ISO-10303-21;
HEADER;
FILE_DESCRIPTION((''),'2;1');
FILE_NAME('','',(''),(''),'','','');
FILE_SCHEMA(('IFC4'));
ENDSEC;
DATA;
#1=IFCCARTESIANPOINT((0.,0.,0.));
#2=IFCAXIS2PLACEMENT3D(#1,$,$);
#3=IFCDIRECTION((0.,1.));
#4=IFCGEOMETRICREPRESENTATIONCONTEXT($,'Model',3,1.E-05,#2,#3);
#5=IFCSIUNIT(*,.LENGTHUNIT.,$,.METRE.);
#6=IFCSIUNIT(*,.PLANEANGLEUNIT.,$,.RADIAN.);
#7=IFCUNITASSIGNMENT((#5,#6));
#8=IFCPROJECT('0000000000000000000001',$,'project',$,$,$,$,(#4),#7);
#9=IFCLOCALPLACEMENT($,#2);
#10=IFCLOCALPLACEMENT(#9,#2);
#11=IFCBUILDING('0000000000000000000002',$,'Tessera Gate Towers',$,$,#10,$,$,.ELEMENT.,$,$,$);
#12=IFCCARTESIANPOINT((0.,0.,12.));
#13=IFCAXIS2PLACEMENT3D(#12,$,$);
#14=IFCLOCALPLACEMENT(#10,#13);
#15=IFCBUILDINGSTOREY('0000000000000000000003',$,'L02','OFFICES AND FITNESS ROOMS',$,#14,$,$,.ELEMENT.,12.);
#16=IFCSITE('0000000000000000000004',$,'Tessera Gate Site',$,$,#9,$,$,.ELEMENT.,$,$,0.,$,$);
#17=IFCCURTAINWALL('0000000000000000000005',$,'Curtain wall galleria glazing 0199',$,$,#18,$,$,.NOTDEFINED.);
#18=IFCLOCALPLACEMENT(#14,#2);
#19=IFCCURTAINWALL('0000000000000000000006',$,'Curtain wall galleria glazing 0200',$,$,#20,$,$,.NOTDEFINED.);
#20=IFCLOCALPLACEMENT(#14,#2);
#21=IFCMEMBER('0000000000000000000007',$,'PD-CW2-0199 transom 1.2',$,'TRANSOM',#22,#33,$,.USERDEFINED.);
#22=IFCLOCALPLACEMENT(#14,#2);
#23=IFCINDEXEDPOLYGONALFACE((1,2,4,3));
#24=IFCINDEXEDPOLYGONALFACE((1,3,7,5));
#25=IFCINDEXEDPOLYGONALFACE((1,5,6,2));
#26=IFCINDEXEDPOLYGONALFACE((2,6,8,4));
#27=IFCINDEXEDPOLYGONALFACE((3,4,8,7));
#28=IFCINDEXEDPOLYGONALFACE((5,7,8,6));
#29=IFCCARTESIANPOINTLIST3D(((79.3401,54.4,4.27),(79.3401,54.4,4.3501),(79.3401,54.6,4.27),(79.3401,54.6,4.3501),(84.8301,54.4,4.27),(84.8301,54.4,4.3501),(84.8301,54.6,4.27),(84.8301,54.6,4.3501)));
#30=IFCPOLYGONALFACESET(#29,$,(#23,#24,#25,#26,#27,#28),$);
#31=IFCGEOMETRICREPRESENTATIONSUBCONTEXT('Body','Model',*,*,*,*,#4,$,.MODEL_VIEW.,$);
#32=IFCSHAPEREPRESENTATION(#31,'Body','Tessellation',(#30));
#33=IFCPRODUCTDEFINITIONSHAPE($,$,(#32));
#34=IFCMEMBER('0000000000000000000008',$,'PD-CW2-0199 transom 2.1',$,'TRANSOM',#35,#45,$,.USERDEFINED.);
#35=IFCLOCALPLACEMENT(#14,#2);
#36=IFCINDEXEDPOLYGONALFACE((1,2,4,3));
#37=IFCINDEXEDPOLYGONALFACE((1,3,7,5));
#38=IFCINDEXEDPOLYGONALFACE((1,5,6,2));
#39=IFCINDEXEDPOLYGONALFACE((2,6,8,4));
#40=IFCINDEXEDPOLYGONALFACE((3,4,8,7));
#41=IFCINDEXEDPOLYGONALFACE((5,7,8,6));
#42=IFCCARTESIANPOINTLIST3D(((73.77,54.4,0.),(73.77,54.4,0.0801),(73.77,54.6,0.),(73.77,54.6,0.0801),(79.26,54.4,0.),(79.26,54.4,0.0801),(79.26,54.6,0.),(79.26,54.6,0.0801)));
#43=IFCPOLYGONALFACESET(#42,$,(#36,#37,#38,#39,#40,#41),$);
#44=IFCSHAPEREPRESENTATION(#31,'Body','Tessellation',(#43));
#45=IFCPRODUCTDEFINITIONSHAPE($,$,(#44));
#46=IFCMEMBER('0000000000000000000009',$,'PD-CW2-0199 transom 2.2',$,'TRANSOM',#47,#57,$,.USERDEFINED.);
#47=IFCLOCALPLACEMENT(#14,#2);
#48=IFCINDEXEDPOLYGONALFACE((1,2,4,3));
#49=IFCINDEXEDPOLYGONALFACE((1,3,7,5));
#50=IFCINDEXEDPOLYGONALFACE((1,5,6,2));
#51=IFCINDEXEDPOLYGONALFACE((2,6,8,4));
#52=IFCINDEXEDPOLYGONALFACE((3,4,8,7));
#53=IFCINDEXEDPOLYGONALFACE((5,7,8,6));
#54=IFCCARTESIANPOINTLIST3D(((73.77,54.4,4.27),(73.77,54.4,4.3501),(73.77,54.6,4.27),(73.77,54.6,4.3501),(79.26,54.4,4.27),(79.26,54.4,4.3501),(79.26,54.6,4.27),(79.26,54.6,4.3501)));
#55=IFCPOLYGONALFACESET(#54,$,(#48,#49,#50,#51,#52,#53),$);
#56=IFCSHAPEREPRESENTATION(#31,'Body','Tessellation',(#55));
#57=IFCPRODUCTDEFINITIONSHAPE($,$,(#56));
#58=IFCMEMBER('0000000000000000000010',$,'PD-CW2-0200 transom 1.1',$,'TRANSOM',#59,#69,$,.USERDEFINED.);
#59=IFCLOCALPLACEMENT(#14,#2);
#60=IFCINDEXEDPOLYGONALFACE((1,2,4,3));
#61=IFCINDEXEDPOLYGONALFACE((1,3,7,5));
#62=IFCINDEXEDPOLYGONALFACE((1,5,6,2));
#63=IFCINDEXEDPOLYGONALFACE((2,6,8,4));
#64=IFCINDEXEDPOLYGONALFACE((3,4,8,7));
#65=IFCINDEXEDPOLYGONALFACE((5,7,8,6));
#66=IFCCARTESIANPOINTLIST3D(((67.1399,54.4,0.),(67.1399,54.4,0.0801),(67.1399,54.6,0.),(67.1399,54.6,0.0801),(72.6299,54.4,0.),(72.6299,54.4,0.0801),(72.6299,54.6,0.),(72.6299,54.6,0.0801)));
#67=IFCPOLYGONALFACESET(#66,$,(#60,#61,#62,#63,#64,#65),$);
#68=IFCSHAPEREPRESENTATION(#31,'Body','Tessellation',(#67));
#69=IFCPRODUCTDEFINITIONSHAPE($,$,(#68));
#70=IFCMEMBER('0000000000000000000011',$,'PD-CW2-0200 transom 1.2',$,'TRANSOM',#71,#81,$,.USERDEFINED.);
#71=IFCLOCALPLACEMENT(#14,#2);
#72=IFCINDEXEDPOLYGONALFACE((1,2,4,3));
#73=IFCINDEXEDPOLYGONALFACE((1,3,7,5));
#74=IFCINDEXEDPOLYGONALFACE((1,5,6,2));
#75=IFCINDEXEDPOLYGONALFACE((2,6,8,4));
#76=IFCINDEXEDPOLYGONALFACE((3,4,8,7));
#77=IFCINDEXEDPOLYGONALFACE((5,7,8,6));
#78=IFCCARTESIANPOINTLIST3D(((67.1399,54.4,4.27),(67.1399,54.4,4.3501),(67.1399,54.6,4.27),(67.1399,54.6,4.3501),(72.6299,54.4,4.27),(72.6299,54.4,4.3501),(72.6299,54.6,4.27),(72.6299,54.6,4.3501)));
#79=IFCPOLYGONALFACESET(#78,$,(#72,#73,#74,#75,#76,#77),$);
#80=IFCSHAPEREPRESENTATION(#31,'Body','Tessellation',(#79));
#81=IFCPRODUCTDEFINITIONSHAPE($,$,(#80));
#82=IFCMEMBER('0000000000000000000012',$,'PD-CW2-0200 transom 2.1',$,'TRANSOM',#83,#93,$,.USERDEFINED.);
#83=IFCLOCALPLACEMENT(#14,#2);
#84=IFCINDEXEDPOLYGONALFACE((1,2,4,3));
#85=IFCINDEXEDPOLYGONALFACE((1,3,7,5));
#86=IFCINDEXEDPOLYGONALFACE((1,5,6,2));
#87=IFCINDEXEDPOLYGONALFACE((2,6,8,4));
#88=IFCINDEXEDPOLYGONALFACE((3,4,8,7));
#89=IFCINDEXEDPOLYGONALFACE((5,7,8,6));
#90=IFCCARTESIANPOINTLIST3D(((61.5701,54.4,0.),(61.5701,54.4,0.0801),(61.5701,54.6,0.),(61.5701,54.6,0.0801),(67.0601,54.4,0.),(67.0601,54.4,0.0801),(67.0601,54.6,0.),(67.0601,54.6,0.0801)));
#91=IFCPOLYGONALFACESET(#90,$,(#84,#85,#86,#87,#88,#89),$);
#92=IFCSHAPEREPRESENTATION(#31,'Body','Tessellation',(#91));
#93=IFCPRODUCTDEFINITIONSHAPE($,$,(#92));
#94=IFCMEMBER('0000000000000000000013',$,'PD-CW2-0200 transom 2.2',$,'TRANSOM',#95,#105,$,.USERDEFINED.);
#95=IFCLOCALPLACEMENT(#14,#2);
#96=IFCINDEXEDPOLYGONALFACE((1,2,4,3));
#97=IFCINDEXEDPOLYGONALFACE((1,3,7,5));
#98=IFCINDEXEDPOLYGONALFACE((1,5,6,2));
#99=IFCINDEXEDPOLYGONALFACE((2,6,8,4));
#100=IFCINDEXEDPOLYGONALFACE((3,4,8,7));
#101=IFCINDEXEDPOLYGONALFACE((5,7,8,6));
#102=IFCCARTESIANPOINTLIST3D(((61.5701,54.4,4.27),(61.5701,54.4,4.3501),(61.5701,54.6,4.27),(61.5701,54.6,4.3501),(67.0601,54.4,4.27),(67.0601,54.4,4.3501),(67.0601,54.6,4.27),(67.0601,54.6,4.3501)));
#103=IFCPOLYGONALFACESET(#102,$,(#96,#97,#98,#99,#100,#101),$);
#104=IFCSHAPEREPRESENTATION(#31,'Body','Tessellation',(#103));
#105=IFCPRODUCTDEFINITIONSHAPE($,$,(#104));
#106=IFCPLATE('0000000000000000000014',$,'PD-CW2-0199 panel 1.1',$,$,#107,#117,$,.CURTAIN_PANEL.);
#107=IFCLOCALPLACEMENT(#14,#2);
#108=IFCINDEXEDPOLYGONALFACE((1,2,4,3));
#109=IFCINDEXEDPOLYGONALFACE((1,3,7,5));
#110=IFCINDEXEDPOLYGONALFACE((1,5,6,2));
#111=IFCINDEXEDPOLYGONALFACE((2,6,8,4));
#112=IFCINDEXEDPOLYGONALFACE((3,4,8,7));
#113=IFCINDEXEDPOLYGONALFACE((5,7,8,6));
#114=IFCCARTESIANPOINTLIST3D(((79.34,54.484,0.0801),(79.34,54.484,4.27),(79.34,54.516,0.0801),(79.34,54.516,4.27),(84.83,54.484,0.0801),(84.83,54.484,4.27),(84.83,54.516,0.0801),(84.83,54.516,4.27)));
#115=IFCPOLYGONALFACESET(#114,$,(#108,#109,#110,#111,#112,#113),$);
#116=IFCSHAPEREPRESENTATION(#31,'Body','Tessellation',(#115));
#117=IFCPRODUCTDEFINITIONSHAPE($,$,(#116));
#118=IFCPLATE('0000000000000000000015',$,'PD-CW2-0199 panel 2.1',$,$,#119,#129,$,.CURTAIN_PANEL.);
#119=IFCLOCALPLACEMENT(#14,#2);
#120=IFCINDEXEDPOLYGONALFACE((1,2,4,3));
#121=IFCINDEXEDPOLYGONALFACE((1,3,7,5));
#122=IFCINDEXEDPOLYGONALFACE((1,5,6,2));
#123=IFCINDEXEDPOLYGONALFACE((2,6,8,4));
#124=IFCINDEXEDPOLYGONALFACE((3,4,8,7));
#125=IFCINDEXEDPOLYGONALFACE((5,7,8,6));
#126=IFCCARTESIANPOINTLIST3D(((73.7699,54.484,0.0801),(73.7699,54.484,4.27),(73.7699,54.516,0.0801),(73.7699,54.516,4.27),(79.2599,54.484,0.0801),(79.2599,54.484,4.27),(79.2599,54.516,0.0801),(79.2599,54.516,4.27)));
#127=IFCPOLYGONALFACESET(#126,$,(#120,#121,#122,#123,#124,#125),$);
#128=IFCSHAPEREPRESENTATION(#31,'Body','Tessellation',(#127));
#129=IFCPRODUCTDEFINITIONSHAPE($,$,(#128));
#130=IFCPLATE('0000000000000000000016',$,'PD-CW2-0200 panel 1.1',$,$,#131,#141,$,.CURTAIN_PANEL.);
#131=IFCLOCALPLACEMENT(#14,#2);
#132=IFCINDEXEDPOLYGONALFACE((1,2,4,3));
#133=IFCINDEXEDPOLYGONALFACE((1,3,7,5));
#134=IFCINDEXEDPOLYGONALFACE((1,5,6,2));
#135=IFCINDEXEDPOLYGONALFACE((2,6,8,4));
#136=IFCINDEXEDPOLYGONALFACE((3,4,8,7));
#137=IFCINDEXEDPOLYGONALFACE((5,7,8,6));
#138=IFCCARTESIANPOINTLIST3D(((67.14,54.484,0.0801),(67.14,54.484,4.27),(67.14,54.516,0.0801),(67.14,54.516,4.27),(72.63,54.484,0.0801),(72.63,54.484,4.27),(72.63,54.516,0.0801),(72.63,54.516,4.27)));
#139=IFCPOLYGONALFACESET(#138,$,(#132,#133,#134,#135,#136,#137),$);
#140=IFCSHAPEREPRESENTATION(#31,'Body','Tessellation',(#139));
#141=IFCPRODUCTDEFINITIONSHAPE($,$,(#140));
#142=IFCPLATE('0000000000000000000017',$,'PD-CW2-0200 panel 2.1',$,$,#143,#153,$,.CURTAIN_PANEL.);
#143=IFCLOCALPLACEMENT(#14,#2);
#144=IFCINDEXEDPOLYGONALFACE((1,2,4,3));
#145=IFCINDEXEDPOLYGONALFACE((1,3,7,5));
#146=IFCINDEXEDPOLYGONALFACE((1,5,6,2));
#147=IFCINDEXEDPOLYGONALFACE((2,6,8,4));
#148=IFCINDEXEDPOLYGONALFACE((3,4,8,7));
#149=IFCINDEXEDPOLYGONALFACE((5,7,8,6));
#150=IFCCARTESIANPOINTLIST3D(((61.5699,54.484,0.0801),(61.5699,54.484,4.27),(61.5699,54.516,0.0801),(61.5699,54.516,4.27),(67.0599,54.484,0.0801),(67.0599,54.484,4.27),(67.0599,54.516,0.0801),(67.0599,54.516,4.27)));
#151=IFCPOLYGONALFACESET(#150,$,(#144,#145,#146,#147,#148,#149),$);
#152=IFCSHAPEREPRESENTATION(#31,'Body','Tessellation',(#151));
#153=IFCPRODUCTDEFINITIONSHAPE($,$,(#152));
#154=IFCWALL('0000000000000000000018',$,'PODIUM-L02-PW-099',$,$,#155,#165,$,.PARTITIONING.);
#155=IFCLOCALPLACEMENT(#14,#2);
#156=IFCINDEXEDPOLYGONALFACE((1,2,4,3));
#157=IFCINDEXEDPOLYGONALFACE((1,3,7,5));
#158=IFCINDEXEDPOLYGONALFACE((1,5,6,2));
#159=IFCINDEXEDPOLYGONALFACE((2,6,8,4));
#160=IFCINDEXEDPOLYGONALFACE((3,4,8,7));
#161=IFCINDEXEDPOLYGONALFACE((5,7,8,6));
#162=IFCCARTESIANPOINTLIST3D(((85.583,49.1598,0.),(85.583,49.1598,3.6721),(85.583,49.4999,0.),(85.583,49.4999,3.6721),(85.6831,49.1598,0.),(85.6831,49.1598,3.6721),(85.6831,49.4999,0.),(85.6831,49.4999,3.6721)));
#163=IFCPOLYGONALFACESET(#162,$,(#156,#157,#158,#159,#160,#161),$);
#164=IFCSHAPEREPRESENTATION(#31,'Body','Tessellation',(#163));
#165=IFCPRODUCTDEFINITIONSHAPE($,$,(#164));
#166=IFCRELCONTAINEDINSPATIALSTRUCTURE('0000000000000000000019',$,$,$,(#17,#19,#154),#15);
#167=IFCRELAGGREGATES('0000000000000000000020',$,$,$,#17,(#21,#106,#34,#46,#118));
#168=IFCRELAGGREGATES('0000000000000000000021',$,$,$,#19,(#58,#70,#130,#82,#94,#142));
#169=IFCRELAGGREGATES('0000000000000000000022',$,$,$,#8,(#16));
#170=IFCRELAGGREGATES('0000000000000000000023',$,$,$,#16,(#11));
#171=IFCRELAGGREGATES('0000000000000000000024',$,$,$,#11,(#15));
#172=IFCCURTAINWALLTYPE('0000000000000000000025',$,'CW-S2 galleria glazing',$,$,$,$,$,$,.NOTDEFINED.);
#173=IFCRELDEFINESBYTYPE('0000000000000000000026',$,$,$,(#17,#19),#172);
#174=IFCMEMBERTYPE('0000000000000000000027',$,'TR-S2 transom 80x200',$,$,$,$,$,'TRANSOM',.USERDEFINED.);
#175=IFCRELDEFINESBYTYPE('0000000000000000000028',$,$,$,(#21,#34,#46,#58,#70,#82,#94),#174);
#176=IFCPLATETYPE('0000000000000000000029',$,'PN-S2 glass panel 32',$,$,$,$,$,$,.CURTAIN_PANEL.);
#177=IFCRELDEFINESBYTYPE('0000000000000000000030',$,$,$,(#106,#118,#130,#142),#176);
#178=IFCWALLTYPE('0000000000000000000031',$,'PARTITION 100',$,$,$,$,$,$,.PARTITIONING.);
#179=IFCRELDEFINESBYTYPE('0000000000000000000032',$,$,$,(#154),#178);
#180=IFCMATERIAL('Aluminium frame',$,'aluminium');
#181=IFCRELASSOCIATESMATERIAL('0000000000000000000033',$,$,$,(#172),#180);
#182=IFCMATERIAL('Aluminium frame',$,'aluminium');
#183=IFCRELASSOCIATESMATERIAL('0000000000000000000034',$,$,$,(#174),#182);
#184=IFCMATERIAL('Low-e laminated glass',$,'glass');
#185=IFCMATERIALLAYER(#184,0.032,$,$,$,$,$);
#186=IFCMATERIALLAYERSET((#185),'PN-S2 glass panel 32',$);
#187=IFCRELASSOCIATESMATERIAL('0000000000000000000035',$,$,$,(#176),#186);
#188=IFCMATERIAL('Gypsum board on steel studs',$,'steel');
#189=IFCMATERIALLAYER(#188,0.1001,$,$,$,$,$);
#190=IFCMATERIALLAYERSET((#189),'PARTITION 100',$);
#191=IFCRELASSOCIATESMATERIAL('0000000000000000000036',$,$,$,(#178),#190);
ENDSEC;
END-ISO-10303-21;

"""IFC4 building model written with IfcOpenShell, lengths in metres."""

from ifc_helpers import new_model, si_unit, direction, frame, frame_2d, origin, origin_2d, place, context, subcontext, project, spatial, rectangle, extrude, material, layer, layer_set, material_profile, profile_set, type_object, element, aggregate, save


model = new_model("IFC4")

# Units and contexts
model_context = context("Model", 3, precision=1e-05, world=origin(), true_north=direction((0.0, 1.0)))
body_context = subcontext(model_context, "Body", "Model", "MODEL_VIEW")
ifc_project = project(units=[si_unit("LENGTHUNIT", "METRE"), si_unit("PLANEANGLEUNIT", "RADIAN")], contexts=[model_context])

# Site, building, storey
site_placement = place(None, origin())
site = spatial("IfcSite", under=ifc_project, at=site_placement, Name="Tessera Gate Site", CompositionType="ELEMENT", RefElevation=0.0)
building_placement = place(site_placement, origin())
building = spatial("IfcBuilding", under=site, at=building_placement, Name="Tessera Gate Towers", CompositionType="ELEMENT")
storey_placement = place(building_placement, frame((0.0, 0.0, 12.0)))
storey = spatial("IfcBuildingStorey", under=building, at=storey_placement, Name="L02", Description="OFFICES AND FITNESS ROOMS", CompositionType="ELEMENT", Elevation=12.0)

# Curtain walls
ifc_material_1 = material(Name="Aluminium frame", Category="aluminium")
curtain_wall_type_1 = type_object("IfcCurtainWallType", Name="CW-S2 galleria glazing", PredefinedType="NOTDEFINED", material=ifc_material_1)
curtain_wall_1_placement = place(storey_placement, origin())
curtain_wall_1 = element("IfcCurtainWall", 1, at=curtain_wall_1_placement, inside=storey, type_object=curtain_wall_type_1, Name="Curtain wall galleria glazing 0199", PredefinedType="NOTDEFINED")
curtain_wall_2_placement = place(storey_placement, origin())
curtain_wall_2 = element("IfcCurtainWall", 2, at=curtain_wall_2_placement, inside=storey, type_object=curtain_wall_type_1, Name="Curtain wall galleria glazing 0200", PredefinedType="NOTDEFINED")

# Members
ifc_material_2 = material(Name="Aluminium frame", Category="aluminium")
ifc_material_profile_1 = material_profile(ifc_material_2, rectangle(XDim=0.2, YDim=0.0801, at=origin_2d()), Name="AL 80x200")
ifc_profile_set_1 = profile_set([ifc_material_profile_1], Name="Aluminium frame")
member_type_1 = type_object("IfcMemberType", Name="TR-S2 transom 80x200", ElementType="TRANSOM", PredefinedType="USERDEFINED", material=ifc_profile_set_1)
member_1_placement = place(storey_placement, frame((84.8301, 54.5, 4.3101), z_axis=(-1.0, 0.0, 0.0), x_axis=(0.0, -1.0, 0.0)))
member_1 = element("IfcMember", 3, at=member_1_placement, type_object=member_type_1, Name="PD-CW2-0199 transom 1.2", ObjectType="TRANSOM", PredefinedType="USERDEFINED", context=body_context, shape_type="SweptSolid", body=[
    extrude(rectangle(XDim=0.2, YDim=0.0801, at=origin_2d()), origin(), (0.0, 0.0, 1.0), 5.49),
])
member_2_placement = place(storey_placement, frame((79.26, 54.5, 0.04), z_axis=(-1.0, 0.0, 0.0), x_axis=(0.0, -1.0, 0.0)))
member_2 = element("IfcMember", 4, at=member_2_placement, type_object=member_type_1, Name="PD-CW2-0199 transom 2.1", ObjectType="TRANSOM", PredefinedType="USERDEFINED", context=body_context, shape_type="SweptSolid", body=[
    extrude(rectangle(XDim=0.2, YDim=0.0801, at=origin_2d()), origin(), (0.0, 0.0, 1.0), 5.49),
])
member_3_placement = place(storey_placement, frame((79.26, 54.5, 4.3101), z_axis=(-1.0, 0.0, 0.0), x_axis=(0.0, -1.0, 0.0)))
member_3 = element("IfcMember", 5, at=member_3_placement, type_object=member_type_1, Name="PD-CW2-0199 transom 2.2", ObjectType="TRANSOM", PredefinedType="USERDEFINED", context=body_context, shape_type="SweptSolid", body=[
    extrude(rectangle(XDim=0.2, YDim=0.0801, at=origin_2d()), origin(), (0.0, 0.0, 1.0), 5.49),
])
member_4_placement = place(storey_placement, frame((72.6299, 54.5, 0.04), z_axis=(-1.0, 0.0, 0.0), x_axis=(0.0, -1.0, 0.0)))
member_4 = element("IfcMember", 6, at=member_4_placement, type_object=member_type_1, Name="PD-CW2-0200 transom 1.1", ObjectType="TRANSOM", PredefinedType="USERDEFINED", context=body_context, shape_type="SweptSolid", body=[
    extrude(rectangle(XDim=0.2, YDim=0.0801, at=origin_2d()), origin(), (0.0, 0.0, 1.0), 5.49),
])
member_5_placement = place(storey_placement, frame((72.6299, 54.5, 4.3101), z_axis=(-1.0, 0.0, 0.0), x_axis=(0.0, -1.0, 0.0)))
member_5 = element("IfcMember", 7, at=member_5_placement, type_object=member_type_1, Name="PD-CW2-0200 transom 1.2", ObjectType="TRANSOM", PredefinedType="USERDEFINED", context=body_context, shape_type="SweptSolid", body=[
    extrude(rectangle(XDim=0.2, YDim=0.0801, at=origin_2d()), origin(), (0.0, 0.0, 1.0), 5.49),
])
member_6_placement = place(storey_placement, frame((67.0601, 54.5, 0.04), z_axis=(-1.0, 0.0, 0.0), x_axis=(0.0, -1.0, 0.0)))
member_6 = element("IfcMember", 8, at=member_6_placement, type_object=member_type_1, Name="PD-CW2-0200 transom 2.1", ObjectType="TRANSOM", PredefinedType="USERDEFINED", context=body_context, shape_type="SweptSolid", body=[
    extrude(rectangle(XDim=0.2, YDim=0.0801, at=origin_2d()), origin(), (0.0, 0.0, 1.0), 5.49),
])
member_7_placement = place(storey_placement, frame((67.0601, 54.5, 4.3101), z_axis=(-1.0, 0.0, 0.0), x_axis=(0.0, -1.0, 0.0)))
member_7 = element("IfcMember", 9, at=member_7_placement, type_object=member_type_1, Name="PD-CW2-0200 transom 2.2", ObjectType="TRANSOM", PredefinedType="USERDEFINED", context=body_context, shape_type="SweptSolid", body=[
    extrude(rectangle(XDim=0.2, YDim=0.0801, at=origin_2d()), origin(), (0.0, 0.0, 1.0), 5.49),
])

# Plates
ifc_material_3 = material(Name="Low-e laminated glass", Category="glass")
ifc_layer_1 = layer(ifc_material_3, 0.032)
ifc_layer_set_1 = layer_set([ifc_layer_1], Name="PN-S2 glass panel 32")
plate_type = type_object("IfcPlateType", Name="PN-S2 glass panel 32", PredefinedType="CURTAIN_PANEL", material=ifc_layer_set_1)
plate_1_placement = place(storey_placement, frame((82.085, 54.5, 0.0801), z_axis=(0.0, 0.0, 1.0), x_axis=(-1.0, 0.0, 0.0)))
plate_1 = element("IfcPlate", 10, at=plate_1_placement, type_object=plate_type, Name="PD-CW2-0199 panel 1.1", PredefinedType="CURTAIN_PANEL", context=body_context, shape_type="SweptSolid", body=[
    extrude(rectangle(XDim=5.49, YDim=0.032, at=origin_2d()), origin(), (0.0, 0.0, 1.0), 4.1899),
])
plate_2_placement = place(storey_placement, frame((76.5149, 54.5, 0.0801), z_axis=(0.0, 0.0, 1.0), x_axis=(-1.0, 0.0, 0.0)))
plate_2 = element("IfcPlate", 11, at=plate_2_placement, type_object=plate_type, Name="PD-CW2-0199 panel 2.1", PredefinedType="CURTAIN_PANEL", context=body_context, shape_type="SweptSolid", body=[
    extrude(rectangle(XDim=5.49, YDim=0.032, at=origin_2d()), origin(), (0.0, 0.0, 1.0), 4.1899),
])
aggregate(curtain_wall_1, [member_1, plate_1, member_2, member_3, plate_2])
plate_3_placement = place(storey_placement, frame((69.885, 54.5, 0.0801), z_axis=(0.0, 0.0, 1.0), x_axis=(-1.0, 0.0, 0.0)))
plate_3 = element("IfcPlate", 12, at=plate_3_placement, type_object=plate_type, Name="PD-CW2-0200 panel 1.1", PredefinedType="CURTAIN_PANEL", context=body_context, shape_type="SweptSolid", body=[
    extrude(rectangle(XDim=5.49, YDim=0.032, at=origin_2d()), origin(), (0.0, 0.0, 1.0), 4.1899),
])
plate_4_placement = place(storey_placement, frame((64.3149, 54.5, 0.0801), z_axis=(0.0, 0.0, 1.0), x_axis=(-1.0, 0.0, 0.0)))
plate_4 = element("IfcPlate", 13, at=plate_4_placement, type_object=plate_type, Name="PD-CW2-0200 panel 2.1", PredefinedType="CURTAIN_PANEL", context=body_context, shape_type="SweptSolid", body=[
    extrude(rectangle(XDim=5.49, YDim=0.032, at=origin_2d()), origin(), (0.0, 0.0, 1.0), 4.1899),
])
aggregate(curtain_wall_2, [member_4, member_5, plate_3, member_6, member_7, plate_4])

# Wall
ifc_material_4 = material(Name="Gypsum board on steel studs", Category="steel")
ifc_layer_2 = layer(ifc_material_4, 0.1001)
ifc_layer_set_2 = layer_set([ifc_layer_2], Name="PARTITION 100")
wall_type = type_object("IfcWallType", Name="PARTITION 100", PredefinedType="PARTITIONING", material=ifc_layer_set_2)
wall_1_placement = place(storey_placement, frame((85.6331, 49.1599, 0.0), z_axis=(0.0, 0.0, 1.0), x_axis=(0.0, 1.0, 0.0)))
element("IfcWall", 14, at=wall_1_placement, inside=storey, type_object=wall_type, Name="PODIUM-L02-PW-099", PredefinedType="PARTITIONING", context=body_context, shape_type="SweptSolid", body=[
    extrude(rectangle(XDim=0.3401, YDim=0.1001, at=frame_2d((0.1699, 0.0))), origin(), (0.0, 0.0, 1.0), 3.6721),
])

save(model, "model.ifc")
